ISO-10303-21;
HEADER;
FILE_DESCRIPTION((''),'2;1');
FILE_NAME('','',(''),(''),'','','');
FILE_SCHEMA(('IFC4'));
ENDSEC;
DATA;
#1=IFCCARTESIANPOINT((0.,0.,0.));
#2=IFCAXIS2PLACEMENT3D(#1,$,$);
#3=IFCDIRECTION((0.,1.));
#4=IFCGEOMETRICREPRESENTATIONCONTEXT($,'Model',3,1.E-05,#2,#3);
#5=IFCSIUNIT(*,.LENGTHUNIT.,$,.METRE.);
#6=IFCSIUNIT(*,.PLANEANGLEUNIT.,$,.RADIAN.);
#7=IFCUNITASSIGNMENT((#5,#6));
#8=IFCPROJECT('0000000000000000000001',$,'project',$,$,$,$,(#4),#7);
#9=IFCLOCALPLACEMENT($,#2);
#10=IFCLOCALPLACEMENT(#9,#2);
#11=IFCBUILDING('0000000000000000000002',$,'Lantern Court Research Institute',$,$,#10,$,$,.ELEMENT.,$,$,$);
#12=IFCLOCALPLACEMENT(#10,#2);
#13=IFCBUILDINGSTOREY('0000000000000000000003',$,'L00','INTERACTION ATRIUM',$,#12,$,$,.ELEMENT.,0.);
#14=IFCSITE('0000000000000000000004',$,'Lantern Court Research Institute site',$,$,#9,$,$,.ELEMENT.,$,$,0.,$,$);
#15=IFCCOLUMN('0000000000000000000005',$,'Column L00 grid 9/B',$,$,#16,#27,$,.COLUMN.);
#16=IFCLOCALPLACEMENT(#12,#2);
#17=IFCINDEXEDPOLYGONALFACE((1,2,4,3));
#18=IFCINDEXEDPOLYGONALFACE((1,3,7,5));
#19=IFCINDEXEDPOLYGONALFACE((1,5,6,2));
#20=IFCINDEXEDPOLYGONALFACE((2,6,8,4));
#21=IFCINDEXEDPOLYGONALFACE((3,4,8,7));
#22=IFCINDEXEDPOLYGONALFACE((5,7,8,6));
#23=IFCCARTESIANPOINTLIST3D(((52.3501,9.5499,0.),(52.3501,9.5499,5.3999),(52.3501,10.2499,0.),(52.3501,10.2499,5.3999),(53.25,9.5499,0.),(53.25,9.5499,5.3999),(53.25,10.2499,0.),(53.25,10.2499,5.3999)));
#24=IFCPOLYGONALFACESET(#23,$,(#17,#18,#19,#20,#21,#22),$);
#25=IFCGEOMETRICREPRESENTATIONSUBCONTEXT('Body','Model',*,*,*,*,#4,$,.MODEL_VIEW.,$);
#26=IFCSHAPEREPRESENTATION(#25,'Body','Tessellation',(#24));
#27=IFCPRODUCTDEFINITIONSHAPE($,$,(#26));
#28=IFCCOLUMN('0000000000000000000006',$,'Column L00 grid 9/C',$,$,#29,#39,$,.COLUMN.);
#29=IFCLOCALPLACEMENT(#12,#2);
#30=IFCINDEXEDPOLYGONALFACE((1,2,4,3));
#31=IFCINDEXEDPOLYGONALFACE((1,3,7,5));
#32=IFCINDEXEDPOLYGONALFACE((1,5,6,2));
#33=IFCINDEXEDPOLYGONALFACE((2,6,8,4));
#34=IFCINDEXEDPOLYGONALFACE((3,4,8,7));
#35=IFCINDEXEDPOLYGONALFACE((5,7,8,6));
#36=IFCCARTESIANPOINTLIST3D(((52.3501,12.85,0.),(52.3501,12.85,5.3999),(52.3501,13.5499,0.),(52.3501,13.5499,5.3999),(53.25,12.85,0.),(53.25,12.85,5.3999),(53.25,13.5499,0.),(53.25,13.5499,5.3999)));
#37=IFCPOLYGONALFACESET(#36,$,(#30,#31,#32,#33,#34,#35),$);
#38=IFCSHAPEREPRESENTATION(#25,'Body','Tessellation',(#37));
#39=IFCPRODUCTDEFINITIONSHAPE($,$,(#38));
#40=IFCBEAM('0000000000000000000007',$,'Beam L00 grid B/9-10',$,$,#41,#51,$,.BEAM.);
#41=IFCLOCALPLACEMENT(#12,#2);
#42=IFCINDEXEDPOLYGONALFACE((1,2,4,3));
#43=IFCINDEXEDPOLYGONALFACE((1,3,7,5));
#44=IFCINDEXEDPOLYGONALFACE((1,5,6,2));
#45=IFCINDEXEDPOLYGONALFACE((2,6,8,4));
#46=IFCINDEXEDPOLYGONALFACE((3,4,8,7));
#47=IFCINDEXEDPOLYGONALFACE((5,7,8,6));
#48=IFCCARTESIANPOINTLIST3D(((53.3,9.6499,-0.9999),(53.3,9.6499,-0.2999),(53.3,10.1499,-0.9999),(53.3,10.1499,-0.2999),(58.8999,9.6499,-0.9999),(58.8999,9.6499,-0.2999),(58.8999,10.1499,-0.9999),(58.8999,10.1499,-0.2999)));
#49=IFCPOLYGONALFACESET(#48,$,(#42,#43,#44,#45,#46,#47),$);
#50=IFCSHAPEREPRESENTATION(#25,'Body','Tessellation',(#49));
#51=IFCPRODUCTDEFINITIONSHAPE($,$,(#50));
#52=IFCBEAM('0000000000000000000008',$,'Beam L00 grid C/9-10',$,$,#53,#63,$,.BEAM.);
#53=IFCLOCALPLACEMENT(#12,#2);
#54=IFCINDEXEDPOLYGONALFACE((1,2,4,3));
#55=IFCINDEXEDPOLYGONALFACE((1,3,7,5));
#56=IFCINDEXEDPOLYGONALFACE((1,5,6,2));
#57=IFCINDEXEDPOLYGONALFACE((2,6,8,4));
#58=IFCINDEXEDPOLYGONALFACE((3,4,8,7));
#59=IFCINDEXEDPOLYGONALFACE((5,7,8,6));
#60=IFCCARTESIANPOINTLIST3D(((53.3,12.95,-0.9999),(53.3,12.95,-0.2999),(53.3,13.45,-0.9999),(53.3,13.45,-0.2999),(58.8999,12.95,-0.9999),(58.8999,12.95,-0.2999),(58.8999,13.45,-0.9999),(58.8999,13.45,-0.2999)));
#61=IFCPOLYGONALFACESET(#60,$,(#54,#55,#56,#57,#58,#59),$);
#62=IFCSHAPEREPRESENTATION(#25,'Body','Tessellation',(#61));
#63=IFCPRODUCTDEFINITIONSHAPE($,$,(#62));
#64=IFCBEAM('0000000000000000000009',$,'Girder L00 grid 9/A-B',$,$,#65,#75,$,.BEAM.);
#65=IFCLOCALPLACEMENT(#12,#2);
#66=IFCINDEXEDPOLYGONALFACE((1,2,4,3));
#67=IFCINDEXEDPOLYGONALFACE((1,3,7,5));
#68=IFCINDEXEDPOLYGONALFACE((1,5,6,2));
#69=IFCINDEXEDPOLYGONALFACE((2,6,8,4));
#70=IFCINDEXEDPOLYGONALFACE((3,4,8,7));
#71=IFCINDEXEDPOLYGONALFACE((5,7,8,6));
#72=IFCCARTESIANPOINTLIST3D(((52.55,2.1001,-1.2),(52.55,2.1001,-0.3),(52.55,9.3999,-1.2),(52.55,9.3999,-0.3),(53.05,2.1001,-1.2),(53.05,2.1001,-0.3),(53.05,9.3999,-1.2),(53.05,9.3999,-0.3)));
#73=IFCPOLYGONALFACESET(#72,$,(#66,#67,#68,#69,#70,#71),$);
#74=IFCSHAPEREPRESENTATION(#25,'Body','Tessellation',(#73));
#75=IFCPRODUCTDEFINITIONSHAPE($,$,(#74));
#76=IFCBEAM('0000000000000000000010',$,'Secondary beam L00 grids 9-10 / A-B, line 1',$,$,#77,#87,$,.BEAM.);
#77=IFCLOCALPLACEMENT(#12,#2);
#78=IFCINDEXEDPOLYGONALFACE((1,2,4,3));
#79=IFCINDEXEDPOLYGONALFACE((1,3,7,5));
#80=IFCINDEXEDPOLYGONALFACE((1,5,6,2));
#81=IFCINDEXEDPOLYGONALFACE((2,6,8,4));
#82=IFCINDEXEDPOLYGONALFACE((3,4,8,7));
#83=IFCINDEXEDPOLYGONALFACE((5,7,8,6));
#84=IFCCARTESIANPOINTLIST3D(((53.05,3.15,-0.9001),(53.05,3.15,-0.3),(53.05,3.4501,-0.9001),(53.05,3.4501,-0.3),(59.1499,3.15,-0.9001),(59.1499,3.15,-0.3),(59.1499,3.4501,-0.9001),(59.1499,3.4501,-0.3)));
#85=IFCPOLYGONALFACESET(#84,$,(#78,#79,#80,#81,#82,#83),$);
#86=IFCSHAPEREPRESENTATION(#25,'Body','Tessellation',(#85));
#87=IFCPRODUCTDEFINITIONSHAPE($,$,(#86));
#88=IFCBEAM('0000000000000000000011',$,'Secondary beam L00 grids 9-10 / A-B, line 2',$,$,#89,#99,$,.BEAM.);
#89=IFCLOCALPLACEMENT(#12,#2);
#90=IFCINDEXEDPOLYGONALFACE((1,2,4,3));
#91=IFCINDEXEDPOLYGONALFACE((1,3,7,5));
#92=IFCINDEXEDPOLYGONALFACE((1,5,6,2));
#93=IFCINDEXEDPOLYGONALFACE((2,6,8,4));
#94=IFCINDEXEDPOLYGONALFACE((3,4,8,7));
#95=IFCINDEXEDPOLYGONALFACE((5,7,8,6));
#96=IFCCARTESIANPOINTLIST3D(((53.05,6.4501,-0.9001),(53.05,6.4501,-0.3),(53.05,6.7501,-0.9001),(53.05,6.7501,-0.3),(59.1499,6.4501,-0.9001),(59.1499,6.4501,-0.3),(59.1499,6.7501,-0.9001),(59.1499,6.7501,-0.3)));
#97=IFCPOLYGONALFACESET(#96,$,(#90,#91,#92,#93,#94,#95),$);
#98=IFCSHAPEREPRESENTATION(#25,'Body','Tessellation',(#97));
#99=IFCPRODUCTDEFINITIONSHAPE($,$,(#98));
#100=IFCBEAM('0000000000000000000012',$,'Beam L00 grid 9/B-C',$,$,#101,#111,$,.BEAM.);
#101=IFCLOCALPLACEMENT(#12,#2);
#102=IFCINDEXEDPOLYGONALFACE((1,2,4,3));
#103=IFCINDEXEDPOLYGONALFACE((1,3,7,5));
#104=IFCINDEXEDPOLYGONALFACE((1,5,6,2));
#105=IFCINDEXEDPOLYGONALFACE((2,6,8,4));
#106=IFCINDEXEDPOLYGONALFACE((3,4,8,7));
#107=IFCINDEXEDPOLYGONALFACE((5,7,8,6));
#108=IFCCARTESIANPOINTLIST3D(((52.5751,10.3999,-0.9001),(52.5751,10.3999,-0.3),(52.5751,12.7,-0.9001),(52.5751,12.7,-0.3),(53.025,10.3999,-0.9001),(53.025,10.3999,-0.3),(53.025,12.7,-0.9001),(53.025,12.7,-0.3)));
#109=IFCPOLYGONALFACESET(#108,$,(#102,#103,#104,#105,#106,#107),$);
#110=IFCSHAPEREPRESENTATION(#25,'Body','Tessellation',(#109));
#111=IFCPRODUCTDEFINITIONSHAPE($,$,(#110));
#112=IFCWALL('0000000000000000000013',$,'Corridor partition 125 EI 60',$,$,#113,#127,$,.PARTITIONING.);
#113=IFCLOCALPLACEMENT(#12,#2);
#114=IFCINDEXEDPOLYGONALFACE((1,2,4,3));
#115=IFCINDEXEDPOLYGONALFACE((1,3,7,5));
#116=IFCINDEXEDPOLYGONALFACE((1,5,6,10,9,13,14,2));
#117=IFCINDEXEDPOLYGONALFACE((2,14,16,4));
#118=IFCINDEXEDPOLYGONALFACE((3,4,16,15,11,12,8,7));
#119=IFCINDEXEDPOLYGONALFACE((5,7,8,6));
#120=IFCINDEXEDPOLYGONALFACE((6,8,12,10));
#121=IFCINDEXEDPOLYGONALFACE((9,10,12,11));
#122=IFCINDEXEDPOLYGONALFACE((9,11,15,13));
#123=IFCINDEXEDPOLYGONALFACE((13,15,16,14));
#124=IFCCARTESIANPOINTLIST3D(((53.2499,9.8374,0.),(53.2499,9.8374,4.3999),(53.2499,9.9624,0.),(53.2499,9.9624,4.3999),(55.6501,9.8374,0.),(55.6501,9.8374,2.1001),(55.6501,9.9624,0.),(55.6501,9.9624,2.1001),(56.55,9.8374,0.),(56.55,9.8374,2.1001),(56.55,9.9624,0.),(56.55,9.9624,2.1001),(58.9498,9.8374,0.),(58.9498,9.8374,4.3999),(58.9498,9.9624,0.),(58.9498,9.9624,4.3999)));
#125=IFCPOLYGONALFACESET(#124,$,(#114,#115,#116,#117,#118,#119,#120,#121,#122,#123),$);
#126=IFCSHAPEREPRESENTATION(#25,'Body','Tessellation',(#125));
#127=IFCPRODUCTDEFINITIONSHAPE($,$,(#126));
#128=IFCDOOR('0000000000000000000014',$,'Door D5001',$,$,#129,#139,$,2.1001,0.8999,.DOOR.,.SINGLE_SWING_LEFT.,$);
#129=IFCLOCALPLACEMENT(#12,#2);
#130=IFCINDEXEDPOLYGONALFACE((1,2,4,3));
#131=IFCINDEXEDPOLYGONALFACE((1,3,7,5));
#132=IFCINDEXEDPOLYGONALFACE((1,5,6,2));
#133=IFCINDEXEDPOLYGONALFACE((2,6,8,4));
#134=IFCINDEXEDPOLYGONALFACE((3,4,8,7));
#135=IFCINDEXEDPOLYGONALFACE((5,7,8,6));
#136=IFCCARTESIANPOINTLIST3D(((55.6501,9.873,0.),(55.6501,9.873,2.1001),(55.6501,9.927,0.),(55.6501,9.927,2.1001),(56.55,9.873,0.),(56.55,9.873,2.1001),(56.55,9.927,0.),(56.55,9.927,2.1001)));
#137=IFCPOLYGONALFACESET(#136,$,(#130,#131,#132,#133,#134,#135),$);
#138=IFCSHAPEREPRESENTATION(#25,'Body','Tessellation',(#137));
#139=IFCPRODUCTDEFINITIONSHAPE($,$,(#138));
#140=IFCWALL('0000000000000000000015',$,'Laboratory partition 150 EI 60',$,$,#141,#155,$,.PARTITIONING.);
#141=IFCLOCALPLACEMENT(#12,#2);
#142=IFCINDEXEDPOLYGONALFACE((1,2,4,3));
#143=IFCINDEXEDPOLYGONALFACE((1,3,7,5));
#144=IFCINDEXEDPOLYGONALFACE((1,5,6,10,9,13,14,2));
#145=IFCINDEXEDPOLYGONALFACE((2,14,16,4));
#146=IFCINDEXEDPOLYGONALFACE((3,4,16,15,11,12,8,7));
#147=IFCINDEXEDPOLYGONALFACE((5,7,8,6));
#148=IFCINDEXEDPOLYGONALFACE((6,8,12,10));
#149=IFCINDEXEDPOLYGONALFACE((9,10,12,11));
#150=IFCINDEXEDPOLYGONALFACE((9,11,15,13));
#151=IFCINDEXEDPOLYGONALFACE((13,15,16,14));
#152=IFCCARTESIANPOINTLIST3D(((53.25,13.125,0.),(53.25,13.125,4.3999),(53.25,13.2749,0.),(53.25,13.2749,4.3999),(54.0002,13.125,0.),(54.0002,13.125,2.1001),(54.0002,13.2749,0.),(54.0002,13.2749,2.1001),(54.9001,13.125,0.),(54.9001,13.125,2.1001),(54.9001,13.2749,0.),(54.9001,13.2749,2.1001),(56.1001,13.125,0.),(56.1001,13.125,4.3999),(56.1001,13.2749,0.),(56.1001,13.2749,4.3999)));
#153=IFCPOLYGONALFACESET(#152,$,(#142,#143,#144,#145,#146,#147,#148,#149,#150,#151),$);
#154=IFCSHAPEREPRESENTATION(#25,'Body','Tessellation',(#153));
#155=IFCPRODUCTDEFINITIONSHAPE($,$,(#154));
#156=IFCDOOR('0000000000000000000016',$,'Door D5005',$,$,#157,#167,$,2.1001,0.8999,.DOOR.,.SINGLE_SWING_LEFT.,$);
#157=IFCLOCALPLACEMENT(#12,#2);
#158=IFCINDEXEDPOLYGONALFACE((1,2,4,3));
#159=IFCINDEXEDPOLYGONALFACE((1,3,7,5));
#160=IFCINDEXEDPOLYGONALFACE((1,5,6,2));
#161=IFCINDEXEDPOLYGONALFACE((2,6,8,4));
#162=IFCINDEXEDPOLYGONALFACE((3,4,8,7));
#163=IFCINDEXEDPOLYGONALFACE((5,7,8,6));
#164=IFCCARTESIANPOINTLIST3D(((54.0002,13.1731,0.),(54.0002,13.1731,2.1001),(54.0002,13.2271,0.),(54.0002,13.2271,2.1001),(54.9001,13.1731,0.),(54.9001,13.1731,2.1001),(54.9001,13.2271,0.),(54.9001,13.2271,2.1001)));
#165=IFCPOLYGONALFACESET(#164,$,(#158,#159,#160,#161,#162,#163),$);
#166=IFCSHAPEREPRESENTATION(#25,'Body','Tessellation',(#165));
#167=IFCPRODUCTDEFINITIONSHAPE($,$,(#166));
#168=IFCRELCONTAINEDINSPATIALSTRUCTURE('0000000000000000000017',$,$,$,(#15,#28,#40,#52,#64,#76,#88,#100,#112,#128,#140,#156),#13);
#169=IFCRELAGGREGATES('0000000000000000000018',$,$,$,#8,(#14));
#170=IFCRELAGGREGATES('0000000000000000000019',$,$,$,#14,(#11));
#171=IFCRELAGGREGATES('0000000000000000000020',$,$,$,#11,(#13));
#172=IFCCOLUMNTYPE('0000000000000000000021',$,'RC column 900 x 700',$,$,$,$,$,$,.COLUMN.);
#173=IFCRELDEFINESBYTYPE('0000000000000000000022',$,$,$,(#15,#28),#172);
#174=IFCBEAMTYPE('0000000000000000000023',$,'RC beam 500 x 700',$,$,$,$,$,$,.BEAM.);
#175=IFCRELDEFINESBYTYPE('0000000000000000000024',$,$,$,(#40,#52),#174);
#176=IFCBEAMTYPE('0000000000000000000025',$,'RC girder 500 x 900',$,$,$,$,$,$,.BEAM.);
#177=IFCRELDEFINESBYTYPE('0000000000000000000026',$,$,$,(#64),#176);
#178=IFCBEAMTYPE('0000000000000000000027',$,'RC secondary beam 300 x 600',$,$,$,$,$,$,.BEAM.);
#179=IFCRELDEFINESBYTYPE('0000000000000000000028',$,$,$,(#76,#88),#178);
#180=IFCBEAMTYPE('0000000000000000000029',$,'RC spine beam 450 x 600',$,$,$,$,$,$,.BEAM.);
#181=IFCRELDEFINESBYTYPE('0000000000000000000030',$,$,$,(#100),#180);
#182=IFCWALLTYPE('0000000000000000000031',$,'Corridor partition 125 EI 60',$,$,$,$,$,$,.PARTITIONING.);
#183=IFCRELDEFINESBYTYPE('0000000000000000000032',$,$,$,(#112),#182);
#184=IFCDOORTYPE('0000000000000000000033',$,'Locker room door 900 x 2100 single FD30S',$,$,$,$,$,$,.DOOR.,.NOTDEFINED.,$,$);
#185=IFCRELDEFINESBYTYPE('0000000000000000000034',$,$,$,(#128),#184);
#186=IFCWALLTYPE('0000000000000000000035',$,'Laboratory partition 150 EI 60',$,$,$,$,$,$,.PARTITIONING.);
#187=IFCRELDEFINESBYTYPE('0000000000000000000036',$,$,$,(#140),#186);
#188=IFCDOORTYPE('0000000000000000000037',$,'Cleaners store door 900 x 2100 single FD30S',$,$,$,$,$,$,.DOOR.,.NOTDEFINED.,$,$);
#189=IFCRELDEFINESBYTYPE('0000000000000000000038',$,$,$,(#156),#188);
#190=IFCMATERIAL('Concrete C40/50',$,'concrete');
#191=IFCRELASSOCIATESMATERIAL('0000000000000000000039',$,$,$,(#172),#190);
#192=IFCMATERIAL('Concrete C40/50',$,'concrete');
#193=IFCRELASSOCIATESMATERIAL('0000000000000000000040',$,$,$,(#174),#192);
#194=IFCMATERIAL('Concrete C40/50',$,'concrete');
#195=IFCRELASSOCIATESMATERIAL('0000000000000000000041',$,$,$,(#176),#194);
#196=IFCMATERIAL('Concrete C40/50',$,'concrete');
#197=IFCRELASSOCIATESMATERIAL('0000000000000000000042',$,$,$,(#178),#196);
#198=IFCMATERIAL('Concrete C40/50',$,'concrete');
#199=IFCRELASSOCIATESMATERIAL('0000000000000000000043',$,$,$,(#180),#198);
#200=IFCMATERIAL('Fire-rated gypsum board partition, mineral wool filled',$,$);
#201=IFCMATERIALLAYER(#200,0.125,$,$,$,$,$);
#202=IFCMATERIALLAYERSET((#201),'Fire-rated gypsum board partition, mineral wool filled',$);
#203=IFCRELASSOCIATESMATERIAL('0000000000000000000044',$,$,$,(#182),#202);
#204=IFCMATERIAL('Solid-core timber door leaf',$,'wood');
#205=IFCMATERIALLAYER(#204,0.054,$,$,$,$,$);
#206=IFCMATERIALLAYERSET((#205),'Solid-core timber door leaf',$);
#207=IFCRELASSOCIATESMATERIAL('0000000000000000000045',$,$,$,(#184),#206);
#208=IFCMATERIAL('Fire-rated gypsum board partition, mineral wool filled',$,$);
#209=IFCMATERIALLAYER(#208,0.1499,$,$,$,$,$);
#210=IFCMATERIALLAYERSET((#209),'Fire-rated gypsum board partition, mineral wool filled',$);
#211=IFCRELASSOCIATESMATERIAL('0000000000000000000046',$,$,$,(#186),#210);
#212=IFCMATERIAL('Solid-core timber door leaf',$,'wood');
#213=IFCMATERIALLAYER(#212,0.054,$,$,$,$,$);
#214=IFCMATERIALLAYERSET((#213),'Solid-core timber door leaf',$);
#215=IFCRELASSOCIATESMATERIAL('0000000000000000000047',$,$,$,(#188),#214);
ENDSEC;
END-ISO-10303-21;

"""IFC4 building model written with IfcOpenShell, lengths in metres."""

from ifc_helpers import new_model, si_unit, direction, frame, frame_2d, origin, origin_2d, place, context, subcontext, project, spatial, rectangle, extrude, material, layer, layer_set, material_profile, profile_set, type_object, element, fill, save


model = new_model("IFC4")

# Units and contexts
model_context = context("Model", 3, precision=1e-05, world=origin(), true_north=direction((0.0, 1.0)))
body_context = subcontext(model_context, "Body", "Model", "MODEL_VIEW")
ifc_project = project(units=[si_unit("LENGTHUNIT", "METRE"), si_unit("PLANEANGLEUNIT", "RADIAN")], contexts=[model_context])

# Site, building, storey
site_placement = place(None, origin())
site = spatial("IfcSite", under=ifc_project, at=site_placement, Name="Lantern Court Research Institute site", CompositionType="ELEMENT", RefElevation=0.0)
building_placement = place(site_placement, origin())
building = spatial("IfcBuilding", under=site, at=building_placement, Name="Lantern Court Research Institute", CompositionType="ELEMENT")
storey_placement = place(building_placement, origin())
storey = spatial("IfcBuildingStorey", under=building, at=storey_placement, Name="L00", Description="INTERACTION ATRIUM", CompositionType="ELEMENT", Elevation=0.0)

# Columns
ifc_material_1 = material(Name="Concrete C40/50", Category="concrete")
ifc_material_profile_1 = material_profile(ifc_material_1, rectangle(XDim=0.8999, YDim=0.7, at=origin_2d()), Name="RC column 900 x 700")
ifc_profile_set_1 = profile_set([ifc_material_profile_1], Name="Concrete C40/50")
column_type = type_object("IfcColumnType", Name="RC column 900 x 700", PredefinedType="COLUMN", material=ifc_profile_set_1)
for number, where, z_axis, x_axis, name in (
    (1, (52.8, 9.8999, 0.0), (0.0, 0.0, 1.0), (1.0, 0.0, 0.0), "Column L00 grid 9/B"),
    (2, (52.8, 13.2, 0.0), (0.0, 0.0, 1.0), (1.0, 0.0, 0.0), "Column L00 grid 9/C"),
):
    element("IfcColumn", number, at=place(storey_placement, frame(where, z_axis=z_axis, x_axis=x_axis)), inside=storey, type_object=column_type, Name=name, PredefinedType="COLUMN", context=body_context, shape_type="SweptSolid", body=[
        extrude(rectangle(XDim=0.8999, YDim=0.7, at=origin_2d()), origin(), (0.0, 0.0, 1.0), 5.3999),
    ])

# Beams
ifc_material_2 = material(Name="Concrete C40/50", Category="concrete")
ifc_material_profile_2 = material_profile(ifc_material_2, rectangle(XDim=0.5, YDim=0.7, at=origin_2d()), Name="RC beam 500 x 700")
ifc_profile_set_2 = profile_set([ifc_material_profile_2], Name="Concrete C40/50")
beam_type_1 = type_object("IfcBeamType", Name="RC beam 500 x 700", PredefinedType="BEAM", material=ifc_profile_set_2)
for number, where, z_axis, x_axis, name in (
    (3, (53.3, 9.8999, -0.6499), (1.0, 0.0, 0.0), (0.0, 1.0, 0.0), "Beam L00 grid B/9-10"),
    (4, (53.3, 13.2, -0.6499), (1.0, 0.0, 0.0), (0.0, 1.0, 0.0), "Beam L00 grid C/9-10"),
):
    element("IfcBeam", number, at=place(storey_placement, frame(where, z_axis=z_axis, x_axis=x_axis)), inside=storey, type_object=beam_type_1, Name=name, PredefinedType="BEAM", context=body_context, shape_type="SweptSolid", body=[
        extrude(rectangle(XDim=0.5, YDim=0.7, at=origin_2d()), origin(), (0.0, 0.0, 1.0), 5.5999),
    ])
ifc_material_3 = material(Name="Concrete C40/50", Category="concrete")
ifc_material_profile_3 = material_profile(ifc_material_3, rectangle(XDim=0.5, YDim=0.8999, at=origin_2d()), Name="RC beam 500 x 900")
ifc_profile_set_3 = profile_set([ifc_material_profile_3], Name="Concrete C40/50")
beam_type_2 = type_object("IfcBeamType", Name="RC girder 500 x 900", PredefinedType="BEAM", material=ifc_profile_set_3)
beam_1_placement = place(storey_placement, frame((52.8, 2.1001, -0.75), z_axis=(0.0, 1.0, 0.0), x_axis=(-1.0, 0.0, 0.0)))
element("IfcBeam", 5, at=beam_1_placement, inside=storey, type_object=beam_type_2, Name="Girder L00 grid 9/A-B", PredefinedType="BEAM", context=body_context, shape_type="SweptSolid", body=[
    extrude(rectangle(XDim=0.5, YDim=0.8999, at=origin_2d()), origin(), (0.0, 0.0, 1.0), 7.2998),
])
ifc_material_4 = material(Name="Concrete C40/50", Category="concrete")
ifc_material_profile_4 = material_profile(ifc_material_4, rectangle(XDim=0.3, YDim=0.6001, at=origin_2d()), Name="RC beam 300 x 600")
ifc_profile_set_4 = profile_set([ifc_material_profile_4], Name="Concrete C40/50")
beam_type_3 = type_object("IfcBeamType", Name="RC secondary beam 300 x 600", PredefinedType="BEAM", material=ifc_profile_set_4)
for number, where, z_axis, x_axis, name in (
    (6, (53.05, 3.3, -0.6001), (1.0, 0.0, 0.0), (0.0, 1.0, 0.0), "Secondary beam L00 grids 9-10 / A-B, line 1"),
    (7, (53.05, 6.6001, -0.6001), (1.0, 0.0, 0.0), (0.0, 1.0, 0.0), "Secondary beam L00 grids 9-10 / A-B, line 2"),
):
    element("IfcBeam", number, at=place(storey_placement, frame(where, z_axis=z_axis, x_axis=x_axis)), inside=storey, type_object=beam_type_3, Name=name, PredefinedType="BEAM", context=body_context, shape_type="SweptSolid", body=[
        extrude(rectangle(XDim=0.3, YDim=0.6001, at=origin_2d()), origin(), (0.0, 0.0, 1.0), 6.0999),
    ])
ifc_material_5 = material(Name="Concrete C40/50", Category="concrete")
ifc_material_profile_5 = material_profile(ifc_material_5, rectangle(XDim=0.45, YDim=0.6001, at=origin_2d()), Name="RC beam 450 x 600")
ifc_profile_set_5 = profile_set([ifc_material_profile_5], Name="Concrete C40/50")
beam_type_4 = type_object("IfcBeamType", Name="RC spine beam 450 x 600", PredefinedType="BEAM", material=ifc_profile_set_5)
beam_2_placement = place(storey_placement, frame((52.8, 10.3999, -0.6001), z_axis=(0.0, 1.0, 0.0), x_axis=(-1.0, 0.0, 0.0)))
element("IfcBeam", 8, at=beam_2_placement, inside=storey, type_object=beam_type_4, Name="Beam L00 grid 9/B-C", PredefinedType="BEAM", context=body_context, shape_type="SweptSolid", body=[
    extrude(rectangle(XDim=0.45, YDim=0.6001, at=origin_2d()), origin(), (0.0, 0.0, 1.0), 2.3),
])

# Walls, openings, doors
ifc_material_6 = material(Name="Fire-rated gypsum board partition, mineral wool filled")
ifc_layer_1 = layer(ifc_material_6, 0.125)
ifc_layer_set_1 = layer_set([ifc_layer_1], Name="Fire-rated gypsum board partition, mineral wool filled")
wall_type_1 = type_object("IfcWallType", Name="Corridor partition 125 EI 60", PredefinedType="PARTITIONING", material=ifc_layer_set_1)
wall_1_placement = place(storey_placement, frame((58.95, 9.8999, 0.0), z_axis=(0.0, 0.0, 1.0), x_axis=(-1.0, 0.0, 0.0)))
wall_1 = element("IfcWall", 9, at=wall_1_placement, inside=storey, type_object=wall_type_1, Name="Corridor partition 125 EI 60", PredefinedType="PARTITIONING", context=body_context, shape_type="SweptSolid", body=[
    extrude(rectangle(XDim=5.7, YDim=0.125, at=frame_2d((2.8501, 0.0))), origin(), (0.0, 0.0, 1.0), 4.3999),
])
opening_1_placement = place(wall_1_placement, frame((2.3999, 0.0, 0.0)))
opening_1 = element("IfcOpeningElement", 10, at=opening_1_placement, cuts=wall_1, PredefinedType="OPENING", context=body_context, shape_type="SweptSolid", body=[
    extrude(rectangle(XDim=0.8999, YDim=2.1001, at=frame_2d((0.45, 1.05))), frame((0.0, 0.0725, 0.0), z_axis=(0.0, -1.0, 0.0), x_axis=(1.0, 0.0, 0.0)), (0.0, 0.0, 1.0), 0.145),
])
ifc_material_7 = material(Name="Solid-core timber door leaf", Category="wood")
ifc_layer_2 = layer(ifc_material_7, 0.054)
ifc_layer_set_2 = layer_set([ifc_layer_2], Name="Solid-core timber door leaf")
door_type_1 = type_object("IfcDoorType", Name="Locker room door 900 x 2100 single FD30S", OperationType="NOTDEFINED", PredefinedType="DOOR", material=ifc_layer_set_2)
door_1_placement = place(opening_1_placement, origin())
door_1 = element("IfcDoor", 11, at=door_1_placement, inside=storey, type_object=door_type_1, Name="Door D5001", OperationType="SINGLE_SWING_LEFT", OverallHeight=2.1001, OverallWidth=0.8999, PredefinedType="DOOR", context=body_context, shape_type="SweptSolid", body=[
    extrude(rectangle(XDim=0.8999, YDim=2.1001, at=frame_2d((0.45, 1.05))), frame((0.0, 0.0269, 0.0), z_axis=(0.0, -1.0, 0.0), x_axis=(1.0, 0.0, 0.0)), (0.0, 0.0, 1.0), 0.054),
])
fill(opening_1, door_1)
ifc_material_8 = material(Name="Fire-rated gypsum board partition, mineral wool filled")
ifc_layer_3 = layer(ifc_material_8, 0.1499)
ifc_layer_set_3 = layer_set([ifc_layer_3], Name="Fire-rated gypsum board partition, mineral wool filled")
wall_type_2 = type_object("IfcWallType", Name="Laboratory partition 150 EI 60", PredefinedType="PARTITIONING", material=ifc_layer_set_3)
wall_2_placement = place(storey_placement, frame((56.1001, 13.2, 0.0), z_axis=(0.0, 0.0, 1.0), x_axis=(-1.0, 0.0, 0.0)))
wall_2 = element("IfcWall", 12, at=wall_2_placement, inside=storey, type_object=wall_type_2, Name="Laboratory partition 150 EI 60", PredefinedType="PARTITIONING", context=body_context, shape_type="SweptSolid", body=[
    extrude(rectangle(XDim=2.8501, YDim=0.1499, at=frame_2d((1.425, 0.0))), origin(), (0.0, 0.0, 1.0), 4.3999),
])
opening_2_placement = place(wall_2_placement, frame((1.2, 0.0, 0.0)))
opening_2 = element("IfcOpeningElement", 13, at=opening_2_placement, cuts=wall_2, PredefinedType="OPENING", context=body_context, shape_type="SweptSolid", body=[
    extrude(rectangle(XDim=0.8999, YDim=2.1001, at=frame_2d((0.45, 1.05))), frame((0.0, 0.085, 0.0), z_axis=(0.0, -1.0, 0.0), x_axis=(1.0, 0.0, 0.0)), (0.0, 0.0, 1.0), 0.1699),
])
ifc_material_9 = material(Name="Solid-core timber door leaf", Category="wood")
ifc_layer_4 = layer(ifc_material_9, 0.054)
ifc_layer_set_4 = layer_set([ifc_layer_4], Name="Solid-core timber door leaf")
door_type_2 = type_object("IfcDoorType", Name="Cleaners store door 900 x 2100 single FD30S", OperationType="NOTDEFINED", PredefinedType="DOOR", material=ifc_layer_set_4)
door_2_placement = place(opening_2_placement, origin())
door_2 = element("IfcDoor", 14, at=door_2_placement, inside=storey, type_object=door_type_2, Name="Door D5005", OperationType="SINGLE_SWING_LEFT", OverallHeight=2.1001, OverallWidth=0.8999, PredefinedType="DOOR", context=body_context, shape_type="SweptSolid", body=[
    extrude(rectangle(XDim=0.8999, YDim=2.1001, at=frame_2d((0.45, 1.05))), frame((0.0, 0.0269, 0.0), z_axis=(0.0, -1.0, 0.0), x_axis=(1.0, 0.0, 0.0)), (0.0, 0.0, 1.0), 0.054),
])
fill(opening_2, door_2)

save(model, "model.ifc")
